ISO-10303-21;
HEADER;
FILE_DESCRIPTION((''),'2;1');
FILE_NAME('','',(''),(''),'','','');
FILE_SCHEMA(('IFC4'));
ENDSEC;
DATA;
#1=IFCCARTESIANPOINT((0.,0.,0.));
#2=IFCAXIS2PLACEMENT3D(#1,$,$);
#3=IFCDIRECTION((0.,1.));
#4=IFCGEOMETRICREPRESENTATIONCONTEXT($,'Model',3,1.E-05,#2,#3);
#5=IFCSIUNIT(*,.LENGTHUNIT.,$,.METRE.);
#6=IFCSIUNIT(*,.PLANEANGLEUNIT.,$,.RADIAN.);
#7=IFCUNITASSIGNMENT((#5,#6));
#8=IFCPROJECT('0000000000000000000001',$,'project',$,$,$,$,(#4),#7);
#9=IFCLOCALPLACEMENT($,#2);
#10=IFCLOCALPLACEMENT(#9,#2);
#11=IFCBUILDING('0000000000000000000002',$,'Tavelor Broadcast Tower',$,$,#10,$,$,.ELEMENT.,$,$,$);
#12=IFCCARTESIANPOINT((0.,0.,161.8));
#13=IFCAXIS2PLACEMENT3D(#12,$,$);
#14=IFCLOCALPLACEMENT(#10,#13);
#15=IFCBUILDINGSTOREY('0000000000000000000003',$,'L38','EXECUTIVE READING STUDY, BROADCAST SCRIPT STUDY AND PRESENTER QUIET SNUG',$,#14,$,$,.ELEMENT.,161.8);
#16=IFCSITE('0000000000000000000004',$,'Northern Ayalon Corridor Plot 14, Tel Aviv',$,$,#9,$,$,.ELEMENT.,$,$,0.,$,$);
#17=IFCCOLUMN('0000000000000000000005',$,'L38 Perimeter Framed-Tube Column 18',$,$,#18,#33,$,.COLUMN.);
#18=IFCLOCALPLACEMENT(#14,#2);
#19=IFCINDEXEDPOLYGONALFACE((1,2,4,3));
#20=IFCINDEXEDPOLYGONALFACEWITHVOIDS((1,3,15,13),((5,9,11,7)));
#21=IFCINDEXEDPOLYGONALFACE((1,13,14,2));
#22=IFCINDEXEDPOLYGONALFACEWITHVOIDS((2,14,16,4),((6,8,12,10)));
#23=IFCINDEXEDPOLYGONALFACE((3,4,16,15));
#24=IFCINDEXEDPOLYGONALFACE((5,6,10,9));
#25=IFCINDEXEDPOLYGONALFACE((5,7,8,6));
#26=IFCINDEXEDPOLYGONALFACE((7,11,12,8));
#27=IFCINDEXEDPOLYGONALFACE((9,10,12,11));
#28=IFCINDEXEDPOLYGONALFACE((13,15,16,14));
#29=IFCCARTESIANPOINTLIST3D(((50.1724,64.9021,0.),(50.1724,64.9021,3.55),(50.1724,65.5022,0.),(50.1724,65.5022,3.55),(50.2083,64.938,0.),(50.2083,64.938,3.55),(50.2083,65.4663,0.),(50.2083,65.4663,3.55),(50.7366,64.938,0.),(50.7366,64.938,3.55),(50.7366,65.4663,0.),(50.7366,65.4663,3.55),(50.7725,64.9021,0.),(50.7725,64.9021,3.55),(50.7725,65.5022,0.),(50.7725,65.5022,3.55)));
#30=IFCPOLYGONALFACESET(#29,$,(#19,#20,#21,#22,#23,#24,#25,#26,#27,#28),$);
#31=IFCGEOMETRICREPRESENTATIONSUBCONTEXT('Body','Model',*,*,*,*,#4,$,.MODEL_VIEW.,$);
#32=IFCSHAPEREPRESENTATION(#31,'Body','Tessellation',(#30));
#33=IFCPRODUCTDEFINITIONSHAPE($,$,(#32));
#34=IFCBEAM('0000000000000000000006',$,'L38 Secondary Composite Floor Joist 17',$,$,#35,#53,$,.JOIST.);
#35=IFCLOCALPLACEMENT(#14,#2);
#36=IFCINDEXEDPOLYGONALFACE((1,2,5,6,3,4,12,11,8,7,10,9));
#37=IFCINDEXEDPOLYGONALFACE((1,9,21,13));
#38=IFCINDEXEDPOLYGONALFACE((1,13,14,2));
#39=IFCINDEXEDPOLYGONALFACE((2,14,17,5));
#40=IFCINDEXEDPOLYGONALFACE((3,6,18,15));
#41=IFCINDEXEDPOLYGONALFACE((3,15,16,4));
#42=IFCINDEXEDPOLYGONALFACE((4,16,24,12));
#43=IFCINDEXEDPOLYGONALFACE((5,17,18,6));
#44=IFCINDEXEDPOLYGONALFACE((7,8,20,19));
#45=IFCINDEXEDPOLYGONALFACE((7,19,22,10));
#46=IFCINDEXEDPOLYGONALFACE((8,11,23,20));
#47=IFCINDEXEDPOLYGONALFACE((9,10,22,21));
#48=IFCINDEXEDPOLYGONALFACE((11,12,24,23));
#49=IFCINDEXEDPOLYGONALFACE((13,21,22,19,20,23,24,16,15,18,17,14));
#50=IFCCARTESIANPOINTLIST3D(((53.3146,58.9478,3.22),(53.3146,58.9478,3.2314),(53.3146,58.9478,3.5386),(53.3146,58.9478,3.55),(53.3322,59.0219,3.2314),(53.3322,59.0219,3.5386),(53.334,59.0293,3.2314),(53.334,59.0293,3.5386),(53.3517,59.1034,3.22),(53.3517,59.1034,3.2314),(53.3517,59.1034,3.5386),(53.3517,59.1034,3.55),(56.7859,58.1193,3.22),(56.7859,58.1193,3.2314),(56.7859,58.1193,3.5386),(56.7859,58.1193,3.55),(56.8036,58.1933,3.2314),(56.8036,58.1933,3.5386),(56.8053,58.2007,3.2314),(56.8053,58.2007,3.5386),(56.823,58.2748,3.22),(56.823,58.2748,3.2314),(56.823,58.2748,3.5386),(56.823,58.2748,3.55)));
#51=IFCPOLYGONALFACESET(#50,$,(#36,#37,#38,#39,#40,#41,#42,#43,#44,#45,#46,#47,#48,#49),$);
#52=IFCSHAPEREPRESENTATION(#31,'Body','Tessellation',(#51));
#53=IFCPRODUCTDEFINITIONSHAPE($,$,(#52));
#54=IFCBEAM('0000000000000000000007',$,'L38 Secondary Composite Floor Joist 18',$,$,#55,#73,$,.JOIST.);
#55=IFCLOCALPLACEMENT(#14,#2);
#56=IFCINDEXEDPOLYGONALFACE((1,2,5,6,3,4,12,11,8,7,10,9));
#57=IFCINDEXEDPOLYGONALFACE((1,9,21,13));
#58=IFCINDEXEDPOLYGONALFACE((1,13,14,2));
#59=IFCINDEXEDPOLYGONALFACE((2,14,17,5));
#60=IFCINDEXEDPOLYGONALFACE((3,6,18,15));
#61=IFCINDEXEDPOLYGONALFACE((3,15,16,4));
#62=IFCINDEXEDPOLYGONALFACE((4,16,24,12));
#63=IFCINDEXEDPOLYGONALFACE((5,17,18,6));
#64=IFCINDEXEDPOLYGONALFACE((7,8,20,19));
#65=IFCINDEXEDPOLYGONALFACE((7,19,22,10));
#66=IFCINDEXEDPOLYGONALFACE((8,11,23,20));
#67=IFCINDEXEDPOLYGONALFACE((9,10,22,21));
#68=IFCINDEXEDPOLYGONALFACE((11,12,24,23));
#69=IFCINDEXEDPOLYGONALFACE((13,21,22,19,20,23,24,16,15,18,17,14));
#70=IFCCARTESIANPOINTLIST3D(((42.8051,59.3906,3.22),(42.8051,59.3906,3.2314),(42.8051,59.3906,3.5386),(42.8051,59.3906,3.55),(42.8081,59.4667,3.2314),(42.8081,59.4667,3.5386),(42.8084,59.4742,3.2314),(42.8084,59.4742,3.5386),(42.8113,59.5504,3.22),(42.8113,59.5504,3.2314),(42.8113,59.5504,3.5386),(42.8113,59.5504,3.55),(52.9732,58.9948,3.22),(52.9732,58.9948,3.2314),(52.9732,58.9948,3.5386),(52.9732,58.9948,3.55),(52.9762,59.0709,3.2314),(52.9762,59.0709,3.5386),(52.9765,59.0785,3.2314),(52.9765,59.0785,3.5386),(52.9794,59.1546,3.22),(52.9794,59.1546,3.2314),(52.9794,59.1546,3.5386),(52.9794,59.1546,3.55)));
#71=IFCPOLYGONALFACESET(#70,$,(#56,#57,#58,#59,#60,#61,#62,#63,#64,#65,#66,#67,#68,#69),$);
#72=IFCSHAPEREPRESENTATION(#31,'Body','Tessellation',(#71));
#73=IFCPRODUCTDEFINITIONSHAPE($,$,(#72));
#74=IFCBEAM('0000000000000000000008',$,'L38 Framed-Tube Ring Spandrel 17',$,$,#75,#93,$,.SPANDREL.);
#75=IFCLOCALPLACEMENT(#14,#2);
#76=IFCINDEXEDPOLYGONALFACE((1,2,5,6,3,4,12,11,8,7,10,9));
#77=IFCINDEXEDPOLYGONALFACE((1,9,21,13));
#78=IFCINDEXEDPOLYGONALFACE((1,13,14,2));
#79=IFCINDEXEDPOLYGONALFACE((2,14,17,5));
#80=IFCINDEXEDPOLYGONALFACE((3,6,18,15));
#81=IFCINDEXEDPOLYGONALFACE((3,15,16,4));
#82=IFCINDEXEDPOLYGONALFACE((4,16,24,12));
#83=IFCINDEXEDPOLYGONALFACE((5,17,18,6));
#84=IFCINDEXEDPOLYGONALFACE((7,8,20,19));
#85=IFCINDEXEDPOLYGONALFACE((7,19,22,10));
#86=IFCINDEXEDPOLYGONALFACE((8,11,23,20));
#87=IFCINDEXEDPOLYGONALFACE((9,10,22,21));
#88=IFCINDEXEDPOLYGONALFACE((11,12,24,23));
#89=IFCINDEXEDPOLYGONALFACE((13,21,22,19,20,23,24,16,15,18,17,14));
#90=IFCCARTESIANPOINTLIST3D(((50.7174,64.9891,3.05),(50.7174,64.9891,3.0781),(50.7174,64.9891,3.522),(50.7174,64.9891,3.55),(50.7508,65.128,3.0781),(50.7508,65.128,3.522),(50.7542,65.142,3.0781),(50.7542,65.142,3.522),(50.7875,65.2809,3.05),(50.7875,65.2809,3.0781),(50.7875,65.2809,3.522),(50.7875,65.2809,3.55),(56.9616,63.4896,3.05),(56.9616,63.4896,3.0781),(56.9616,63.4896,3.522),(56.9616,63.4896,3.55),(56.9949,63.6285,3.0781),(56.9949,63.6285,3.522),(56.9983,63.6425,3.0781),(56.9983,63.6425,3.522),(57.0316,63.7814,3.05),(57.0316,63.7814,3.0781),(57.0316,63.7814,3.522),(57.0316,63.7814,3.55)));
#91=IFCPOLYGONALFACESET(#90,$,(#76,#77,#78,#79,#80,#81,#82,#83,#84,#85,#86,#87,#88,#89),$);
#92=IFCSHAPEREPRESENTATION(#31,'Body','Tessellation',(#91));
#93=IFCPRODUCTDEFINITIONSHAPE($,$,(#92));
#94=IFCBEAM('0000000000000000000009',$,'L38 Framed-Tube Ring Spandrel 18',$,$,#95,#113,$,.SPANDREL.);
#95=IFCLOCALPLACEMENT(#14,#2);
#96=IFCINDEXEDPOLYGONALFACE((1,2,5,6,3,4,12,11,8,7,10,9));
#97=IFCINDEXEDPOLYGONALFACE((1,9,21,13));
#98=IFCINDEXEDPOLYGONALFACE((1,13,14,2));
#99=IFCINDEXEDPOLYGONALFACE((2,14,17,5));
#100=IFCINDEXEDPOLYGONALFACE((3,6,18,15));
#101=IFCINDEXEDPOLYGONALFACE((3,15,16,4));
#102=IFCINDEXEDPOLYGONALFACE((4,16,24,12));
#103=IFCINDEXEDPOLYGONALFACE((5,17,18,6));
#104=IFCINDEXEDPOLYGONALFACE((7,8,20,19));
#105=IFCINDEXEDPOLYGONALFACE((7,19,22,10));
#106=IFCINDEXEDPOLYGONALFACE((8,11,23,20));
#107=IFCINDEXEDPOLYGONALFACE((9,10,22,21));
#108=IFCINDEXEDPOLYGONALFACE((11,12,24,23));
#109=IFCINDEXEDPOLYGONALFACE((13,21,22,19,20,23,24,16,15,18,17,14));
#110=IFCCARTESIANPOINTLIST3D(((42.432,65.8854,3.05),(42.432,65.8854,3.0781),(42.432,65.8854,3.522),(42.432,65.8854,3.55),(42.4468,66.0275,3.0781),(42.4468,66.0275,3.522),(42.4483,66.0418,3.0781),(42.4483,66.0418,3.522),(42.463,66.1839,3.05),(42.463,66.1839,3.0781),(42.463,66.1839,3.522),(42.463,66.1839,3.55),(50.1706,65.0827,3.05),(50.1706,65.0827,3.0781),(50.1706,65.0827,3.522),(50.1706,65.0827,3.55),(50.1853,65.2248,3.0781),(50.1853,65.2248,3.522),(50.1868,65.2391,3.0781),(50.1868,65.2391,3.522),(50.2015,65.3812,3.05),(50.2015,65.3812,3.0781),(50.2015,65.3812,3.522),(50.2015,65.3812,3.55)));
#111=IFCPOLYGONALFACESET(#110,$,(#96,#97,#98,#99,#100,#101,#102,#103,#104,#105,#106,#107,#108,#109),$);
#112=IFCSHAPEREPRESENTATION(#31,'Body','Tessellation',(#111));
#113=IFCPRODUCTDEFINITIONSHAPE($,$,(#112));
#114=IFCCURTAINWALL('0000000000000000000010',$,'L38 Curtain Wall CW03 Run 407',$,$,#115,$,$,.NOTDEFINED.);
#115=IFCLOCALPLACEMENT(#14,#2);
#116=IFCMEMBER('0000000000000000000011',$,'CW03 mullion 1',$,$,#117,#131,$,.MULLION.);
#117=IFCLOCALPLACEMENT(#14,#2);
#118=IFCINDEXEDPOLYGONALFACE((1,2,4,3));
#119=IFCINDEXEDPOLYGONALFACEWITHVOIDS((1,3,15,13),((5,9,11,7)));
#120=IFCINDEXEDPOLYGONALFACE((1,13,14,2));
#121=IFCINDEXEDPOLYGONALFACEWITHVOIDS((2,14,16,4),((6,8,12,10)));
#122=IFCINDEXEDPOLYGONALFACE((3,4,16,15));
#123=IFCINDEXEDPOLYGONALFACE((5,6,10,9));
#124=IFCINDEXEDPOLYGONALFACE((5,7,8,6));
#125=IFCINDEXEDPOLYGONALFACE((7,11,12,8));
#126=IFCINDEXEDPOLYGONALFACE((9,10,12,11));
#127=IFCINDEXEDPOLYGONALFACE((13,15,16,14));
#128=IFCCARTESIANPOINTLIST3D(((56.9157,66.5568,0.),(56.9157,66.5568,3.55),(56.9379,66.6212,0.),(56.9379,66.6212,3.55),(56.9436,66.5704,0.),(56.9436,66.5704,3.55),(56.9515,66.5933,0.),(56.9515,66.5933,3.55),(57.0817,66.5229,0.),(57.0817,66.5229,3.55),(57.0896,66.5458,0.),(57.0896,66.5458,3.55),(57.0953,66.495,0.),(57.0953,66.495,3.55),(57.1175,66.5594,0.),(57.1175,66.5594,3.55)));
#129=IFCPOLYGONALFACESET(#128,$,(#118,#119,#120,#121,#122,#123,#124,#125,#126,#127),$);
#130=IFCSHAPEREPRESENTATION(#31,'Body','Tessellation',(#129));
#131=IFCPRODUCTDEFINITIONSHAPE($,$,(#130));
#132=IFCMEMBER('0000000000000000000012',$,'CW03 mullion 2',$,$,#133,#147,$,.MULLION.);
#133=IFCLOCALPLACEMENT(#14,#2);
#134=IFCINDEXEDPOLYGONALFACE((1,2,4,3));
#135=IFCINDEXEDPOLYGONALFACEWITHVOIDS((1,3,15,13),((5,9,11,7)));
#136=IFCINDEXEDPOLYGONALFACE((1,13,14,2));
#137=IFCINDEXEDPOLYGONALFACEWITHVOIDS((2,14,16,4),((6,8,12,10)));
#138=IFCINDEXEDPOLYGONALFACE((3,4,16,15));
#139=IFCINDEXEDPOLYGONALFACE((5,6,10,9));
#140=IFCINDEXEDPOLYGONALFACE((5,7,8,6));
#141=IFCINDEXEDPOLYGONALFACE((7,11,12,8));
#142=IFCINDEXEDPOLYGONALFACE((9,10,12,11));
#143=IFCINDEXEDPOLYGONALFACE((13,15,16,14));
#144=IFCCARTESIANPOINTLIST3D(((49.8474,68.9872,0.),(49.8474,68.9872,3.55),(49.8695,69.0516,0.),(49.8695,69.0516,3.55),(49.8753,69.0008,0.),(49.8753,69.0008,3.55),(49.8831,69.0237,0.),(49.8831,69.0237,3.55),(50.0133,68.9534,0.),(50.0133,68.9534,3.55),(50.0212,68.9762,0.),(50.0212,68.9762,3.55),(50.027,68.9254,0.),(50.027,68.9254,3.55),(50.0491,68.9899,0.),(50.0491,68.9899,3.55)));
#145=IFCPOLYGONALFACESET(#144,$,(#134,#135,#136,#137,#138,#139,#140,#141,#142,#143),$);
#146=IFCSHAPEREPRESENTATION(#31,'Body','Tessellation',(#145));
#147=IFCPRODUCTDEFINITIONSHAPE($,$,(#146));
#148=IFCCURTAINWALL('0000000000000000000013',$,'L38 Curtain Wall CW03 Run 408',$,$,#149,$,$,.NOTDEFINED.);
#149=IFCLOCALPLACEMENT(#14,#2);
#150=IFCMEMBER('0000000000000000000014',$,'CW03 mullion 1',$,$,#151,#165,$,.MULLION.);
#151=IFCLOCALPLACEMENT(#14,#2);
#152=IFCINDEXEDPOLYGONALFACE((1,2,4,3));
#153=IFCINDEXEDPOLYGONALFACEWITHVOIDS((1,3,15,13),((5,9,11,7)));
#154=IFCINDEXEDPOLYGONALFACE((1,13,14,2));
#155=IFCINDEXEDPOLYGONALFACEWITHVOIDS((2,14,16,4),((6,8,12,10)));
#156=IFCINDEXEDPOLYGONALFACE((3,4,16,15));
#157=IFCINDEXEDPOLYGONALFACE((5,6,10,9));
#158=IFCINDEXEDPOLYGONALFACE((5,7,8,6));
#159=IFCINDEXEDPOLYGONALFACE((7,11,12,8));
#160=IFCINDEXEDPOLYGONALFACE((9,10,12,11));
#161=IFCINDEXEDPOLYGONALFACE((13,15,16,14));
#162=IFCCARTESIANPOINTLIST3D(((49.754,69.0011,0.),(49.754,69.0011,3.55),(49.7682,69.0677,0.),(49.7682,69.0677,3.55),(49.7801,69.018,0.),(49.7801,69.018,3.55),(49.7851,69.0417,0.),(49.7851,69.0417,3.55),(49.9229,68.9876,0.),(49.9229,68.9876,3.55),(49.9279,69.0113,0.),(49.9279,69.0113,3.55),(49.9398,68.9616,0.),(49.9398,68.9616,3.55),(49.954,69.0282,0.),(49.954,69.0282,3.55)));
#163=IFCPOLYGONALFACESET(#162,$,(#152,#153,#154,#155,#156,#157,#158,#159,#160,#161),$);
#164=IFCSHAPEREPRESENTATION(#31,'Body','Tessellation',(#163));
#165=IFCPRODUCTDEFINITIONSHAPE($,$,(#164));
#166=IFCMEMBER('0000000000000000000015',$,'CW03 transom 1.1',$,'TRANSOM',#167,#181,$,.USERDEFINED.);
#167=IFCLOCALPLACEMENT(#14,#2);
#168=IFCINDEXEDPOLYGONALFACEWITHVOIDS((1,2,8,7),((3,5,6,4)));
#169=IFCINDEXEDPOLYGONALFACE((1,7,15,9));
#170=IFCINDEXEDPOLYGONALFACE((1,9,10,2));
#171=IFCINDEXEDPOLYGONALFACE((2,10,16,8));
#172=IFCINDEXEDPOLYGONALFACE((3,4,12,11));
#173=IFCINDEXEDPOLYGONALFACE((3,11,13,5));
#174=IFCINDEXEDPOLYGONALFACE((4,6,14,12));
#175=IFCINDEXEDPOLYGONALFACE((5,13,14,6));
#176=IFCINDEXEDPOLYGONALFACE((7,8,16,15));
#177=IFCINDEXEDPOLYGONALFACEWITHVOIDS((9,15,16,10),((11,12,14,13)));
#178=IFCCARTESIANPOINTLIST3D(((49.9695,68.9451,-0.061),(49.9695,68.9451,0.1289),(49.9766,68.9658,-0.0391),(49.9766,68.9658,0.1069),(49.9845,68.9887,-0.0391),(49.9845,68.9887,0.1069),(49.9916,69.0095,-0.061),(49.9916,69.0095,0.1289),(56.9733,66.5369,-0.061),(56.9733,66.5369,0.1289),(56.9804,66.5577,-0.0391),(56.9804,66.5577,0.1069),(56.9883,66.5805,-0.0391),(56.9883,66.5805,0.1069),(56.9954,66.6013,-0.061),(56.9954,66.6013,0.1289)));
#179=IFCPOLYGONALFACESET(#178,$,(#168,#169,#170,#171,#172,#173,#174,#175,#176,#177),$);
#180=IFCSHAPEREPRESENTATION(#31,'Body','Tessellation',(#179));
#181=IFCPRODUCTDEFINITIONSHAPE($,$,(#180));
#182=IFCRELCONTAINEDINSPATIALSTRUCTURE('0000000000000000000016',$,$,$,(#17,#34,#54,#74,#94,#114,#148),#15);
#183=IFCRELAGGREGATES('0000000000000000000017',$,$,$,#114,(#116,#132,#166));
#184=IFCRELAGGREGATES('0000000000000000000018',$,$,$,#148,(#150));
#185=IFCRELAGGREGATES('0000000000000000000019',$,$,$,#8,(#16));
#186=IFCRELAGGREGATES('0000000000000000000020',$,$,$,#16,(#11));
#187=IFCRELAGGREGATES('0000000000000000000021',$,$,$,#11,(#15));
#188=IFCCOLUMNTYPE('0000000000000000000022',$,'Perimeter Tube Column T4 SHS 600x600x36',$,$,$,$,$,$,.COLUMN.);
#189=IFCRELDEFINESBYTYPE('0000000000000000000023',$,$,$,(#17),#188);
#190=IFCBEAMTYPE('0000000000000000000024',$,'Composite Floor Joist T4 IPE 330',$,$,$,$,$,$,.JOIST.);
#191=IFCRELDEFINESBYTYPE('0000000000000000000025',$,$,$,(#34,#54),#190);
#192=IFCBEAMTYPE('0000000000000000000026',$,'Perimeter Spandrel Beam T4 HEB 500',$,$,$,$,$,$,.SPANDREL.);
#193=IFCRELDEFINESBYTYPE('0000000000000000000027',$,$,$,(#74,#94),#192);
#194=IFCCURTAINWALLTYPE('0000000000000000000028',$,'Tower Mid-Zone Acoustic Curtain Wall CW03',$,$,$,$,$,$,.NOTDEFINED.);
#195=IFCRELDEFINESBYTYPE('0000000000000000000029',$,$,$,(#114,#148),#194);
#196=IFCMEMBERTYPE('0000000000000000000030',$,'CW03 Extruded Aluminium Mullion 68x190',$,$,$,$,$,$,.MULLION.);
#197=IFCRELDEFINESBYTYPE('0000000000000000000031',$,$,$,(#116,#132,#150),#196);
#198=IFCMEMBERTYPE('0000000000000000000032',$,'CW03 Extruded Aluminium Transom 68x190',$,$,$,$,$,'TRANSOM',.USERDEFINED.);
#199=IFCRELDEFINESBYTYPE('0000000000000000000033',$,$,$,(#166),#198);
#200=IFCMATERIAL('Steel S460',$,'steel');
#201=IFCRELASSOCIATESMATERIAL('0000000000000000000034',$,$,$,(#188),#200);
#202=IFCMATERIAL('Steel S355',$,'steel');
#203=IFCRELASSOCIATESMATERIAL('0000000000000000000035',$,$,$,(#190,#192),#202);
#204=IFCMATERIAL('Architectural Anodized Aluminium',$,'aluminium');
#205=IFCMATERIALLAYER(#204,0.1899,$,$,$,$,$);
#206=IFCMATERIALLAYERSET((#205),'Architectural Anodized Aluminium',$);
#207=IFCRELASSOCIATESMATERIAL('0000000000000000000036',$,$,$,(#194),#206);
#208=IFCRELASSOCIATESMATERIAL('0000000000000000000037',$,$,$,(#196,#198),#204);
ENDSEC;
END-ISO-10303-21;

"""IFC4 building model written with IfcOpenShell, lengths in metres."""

from ifc_helpers import new_model, si_unit, direction, frame, origin, origin_2d, place, context, subcontext, project, spatial, hollow_rectangle, i_section, extrude, source, transform, mapped, material, layer, layer_set, material_profile, profile_set, type_object, type_shapes, element, aggregate, save


model = new_model("IFC4")

# Units and contexts
model_context = context("Model", 3, precision=1e-05, world=origin(), true_north=direction((0.0, 1.0)))
body_context = subcontext(model_context, "Body", "Model", "MODEL_VIEW")
ifc_project = project(units=[si_unit("LENGTHUNIT", "METRE"), si_unit("PLANEANGLEUNIT", "RADIAN")], contexts=[model_context])

# Site, building, storey
site_placement = place(None, origin())
site = spatial("IfcSite", under=ifc_project, at=site_placement, Name="Northern Ayalon Corridor Plot 14, Tel Aviv", CompositionType="ELEMENT", RefElevation=0.0)
building_placement = place(site_placement, origin())
building = spatial("IfcBuilding", under=site, at=building_placement, Name="Tavelor Broadcast Tower", CompositionType="ELEMENT")
storey_placement = place(building_placement, frame((0.0, 0.0, 161.8)))
storey = spatial("IfcBuildingStorey", under=building, at=storey_placement, Name="L38", Description="EXECUTIVE READING STUDY, BROADCAST SCRIPT STUDY AND PRESENTER QUIET SNUG", CompositionType="ELEMENT", Elevation=161.8)

# Column
ifc_material_1 = material(Name="Steel S460", Category="steel")
ifc_material_profile_1 = material_profile(ifc_material_1, hollow_rectangle(XDim=0.6001, YDim=0.6001, WallThickness=0.0359, at=origin_2d()), Name="SHS 600x600x36")
ifc_profile_set_1 = profile_set([ifc_material_profile_1], Name="Steel S460")
column_type = type_object("IfcColumnType", Name="Perimeter Tube Column T4 SHS 600x600x36", PredefinedType="COLUMN", material=ifc_profile_set_1)
column_placement = place(storey_placement, frame((50.4724, 65.2021, 0.0), z_axis=(0.0, 0.0, 1.0), x_axis=(1.0, 0.0, 0.0)))
element("IfcColumn", 1, at=column_placement, inside=storey, type_object=column_type, Name="L38 Perimeter Framed-Tube Column 18", PredefinedType="COLUMN", context=body_context, shape_type="SweptSolid", body=[
    extrude(hollow_rectangle(XDim=0.6001, YDim=0.6001, WallThickness=0.0359, at=origin_2d()), origin(), (0.0, 0.0, 1.0), 3.55),
])

# Beams
ifc_material_2 = material(Name="Steel S355", Category="steel")
ifc_material_profile_2 = material_profile(ifc_material_2, i_section(OverallWidth=0.1599, OverallDepth=0.3301, WebThickness=0.0076, FlangeThickness=0.0115, at=origin_2d()), Name="IPE 330")
ifc_profile_set_2 = profile_set([ifc_material_profile_2], Name="Steel S355")
beam_type_1 = type_object("IfcBeamType", Name="Composite Floor Joist T4 IPE 330", PredefinedType="JOIST", material=ifc_profile_set_2)
beam_1_placement = place(storey_placement, frame((56.8044, 58.197, 3.385), z_axis=(-0.972675, 0.232172, 0.0), x_axis=(-0.232172, -0.972675, 0.0)))
element("IfcBeam", 2, at=beam_1_placement, inside=storey, type_object=beam_type_1, Name="L38 Secondary Composite Floor Joist 17", PredefinedType="JOIST", context=body_context, shape_type="SweptSolid", body=[
    extrude(i_section(OverallWidth=0.1599, OverallDepth=0.3301, WebThickness=0.0076, FlangeThickness=0.0115, at=origin_2d()), origin(), (0.0, 0.0, 1.0), 3.5688),
])
beam_2_placement = place(storey_placement, frame((52.9763, 59.0747, 3.385), z_axis=(-0.999243, 0.038892, 0.0), x_axis=(-0.038892, -0.999243, 0.0)))
element("IfcBeam", 3, at=beam_2_placement, inside=storey, type_object=beam_type_1, Name="L38 Secondary Composite Floor Joist 18", PredefinedType="JOIST", context=body_context, shape_type="SweptSolid", body=[
    extrude(i_section(OverallWidth=0.1599, OverallDepth=0.3301, WebThickness=0.0076, FlangeThickness=0.0115, at=origin_2d()), origin(), (0.0, 0.0, 1.0), 10.1758),
])
ifc_material_profile_3 = material_profile(ifc_material_2, i_section(OverallWidth=0.3, OverallDepth=0.5, WebThickness=0.0144, FlangeThickness=0.0281, at=origin_2d()), Name="HEB 500")
ifc_profile_set_3 = profile_set([ifc_material_profile_3], Name="Steel S355")
beam_type_2 = type_object("IfcBeamType", Name="Perimeter Spandrel Beam T4 HEB 500", PredefinedType="SPANDREL", material=ifc_profile_set_3)
beam_3_placement = place(storey_placement, frame((56.9966, 63.6355, 3.3), z_axis=(-0.972355, 0.233508, 0.0), x_axis=(-0.233508, -0.972355, 0.0)))
element("IfcBeam", 4, at=beam_3_placement, inside=storey, type_object=beam_type_2, Name="L38 Framed-Tube Ring Spandrel 17", PredefinedType="SPANDREL", context=body_context, shape_type="SweptSolid", body=[
    extrude(i_section(OverallWidth=0.3, OverallDepth=0.5, WebThickness=0.0144, FlangeThickness=0.0281, at=origin_2d()), origin(), (0.0, 0.0, 1.0), 6.4216),
])
beam_4_placement = place(storey_placement, frame((50.186, 65.2319, 3.3), z_axis=(-0.994663, 0.103179, 0.0), x_axis=(-0.103179, -0.994663, 0.0)))
element("IfcBeam", 5, at=beam_4_placement, inside=storey, type_object=beam_type_2, Name="L38 Framed-Tube Ring Spandrel 18", PredefinedType="SPANDREL", context=body_context, shape_type="SweptSolid", body=[
    extrude(i_section(OverallWidth=0.3, OverallDepth=0.5, WebThickness=0.0144, FlangeThickness=0.0281, at=origin_2d()), origin(), (0.0, 0.0, 1.0), 7.78),
])

# Curtain wall, members
ifc_material_3 = material(Name="Architectural Anodized Aluminium", Category="aluminium")
ifc_layer_1 = layer(ifc_material_3, 0.1899)
ifc_layer_set_1 = layer_set([ifc_layer_1], Name="Architectural Anodized Aluminium")
curtain_wall_type = type_object("IfcCurtainWallType", Name="Tower Mid-Zone Acoustic Curtain Wall CW03", PredefinedType="NOTDEFINED", material=ifc_layer_set_1)
curtain_wall_1_placement = place(storey_placement, origin())
curtain_wall_1 = element("IfcCurtainWall", 6, at=curtain_wall_1_placement, inside=storey, type_object=curtain_wall_type, Name="L38 Curtain Wall CW03 Run 407", PredefinedType="NOTDEFINED")
ifc_material_profile_4 = material_profile(ifc_material_3, hollow_rectangle(XDim=0.0681, YDim=0.1899, WallThickness=0.022, at=origin_2d()), Name="RHS 68x190x22")
ifc_profile_set_4 = profile_set([ifc_material_profile_4], Name="Architectural Anodized Aluminium")
member_type_1 = type_object("IfcMemberType", Name="CW03 Extruded Aluminium Mullion 68x190", PredefinedType="MULLION", material=ifc_profile_set_4)
shared_shape_1 = source(origin(), body_context, "Body", "SweptSolid", [
    extrude(hollow_rectangle(XDim=0.0681, YDim=0.1899, WallThickness=0.022, at=origin_2d()), origin(), (0.0, 0.0, 1.0), 3.55),
])
type_shapes(member_type_1, [shared_shape_1])
member_1_placement = place(storey_placement, frame((57.0166, 66.5581, 0.0), z_axis=(0.0, 0.0, 1.0), x_axis=(-0.325151, -0.945662, 0.0)))
member_1 = element("IfcMember", 7, at=member_1_placement, type_object=member_type_1, Name="CW03 mullion 1", PredefinedType="MULLION", context=body_context, shape_type="MappedRepresentation", body=[
    mapped(shared_shape_1, transform((0.0, 0.0, 0.0), scale=1.0)),
])
member_2_placement = place(storey_placement, frame((49.9482, 68.9885, 0.0), z_axis=(0.0, 0.0, 1.0), x_axis=(-0.325151, -0.945662, 0.0)))
member_2 = element("IfcMember", 8, at=member_2_placement, type_object=member_type_1, Name="CW03 mullion 2", PredefinedType="MULLION", context=body_context, shape_type="MappedRepresentation", body=[
    mapped(shared_shape_1, transform((0.0, 0.0, 0.0), scale=1.0)),
])

# Curtain wall, member
curtain_wall_2_placement = place(storey_placement, origin())
curtain_wall_2 = element("IfcCurtainWall", 9, at=curtain_wall_2_placement, inside=storey, type_object=curtain_wall_type, Name="L38 Curtain Wall CW03 Run 408", PredefinedType="NOTDEFINED")
member_3_placement = place(storey_placement, frame((49.854, 69.0146, 0.0), z_axis=(0.0, 0.0, 1.0), x_axis=(-0.208306, -0.978064, 0.0)))
member_3 = element("IfcMember", 10, at=member_3_placement, type_object=member_type_1, Name="CW03 mullion 1", PredefinedType="MULLION", context=body_context, shape_type="MappedRepresentation", body=[
    mapped(shared_shape_1, transform((0.0, 0.0, 0.0), scale=1.0)),
])

# Member
ifc_material_profile_5 = material_profile(ifc_material_3, hollow_rectangle(XDim=0.0681, YDim=0.1899, WallThickness=0.022, at=origin_2d()), Name="RHS 68x190x22")
ifc_profile_set_5 = profile_set([ifc_material_profile_5], Name="Architectural Anodized Aluminium")
member_type_2 = type_object("IfcMemberType", Name="CW03 Extruded Aluminium Transom 68x190", ElementType="TRANSOM", PredefinedType="USERDEFINED", material=ifc_profile_set_5)
shared_shape_2 = source(origin(), body_context, "Body", "SweptSolid", [
    extrude(hollow_rectangle(XDim=0.0681, YDim=0.1899, WallThickness=0.022, at=origin_2d()), origin(), (0.0, 0.0, 1.0), 7.4062),
])
member_4_placement = place(storey_placement, frame((56.9844, 66.5691, 0.0339), z_axis=(-0.945661, 0.325153, 0.0), x_axis=(-0.325153, -0.945661, 0.0)))
member_4 = element("IfcMember", 11, at=member_4_placement, type_object=member_type_2, Name="CW03 transom 1.1", ObjectType="TRANSOM", PredefinedType="USERDEFINED", context=body_context, shape_type="MappedRepresentation", body=[
    mapped(shared_shape_2, transform((0.0, 0.0, 0.0), scale=1.0)),
])

aggregate(curtain_wall_1, [member_1, member_2, member_4])
aggregate(curtain_wall_2, [member_3])

save(model, "model.ifc")
